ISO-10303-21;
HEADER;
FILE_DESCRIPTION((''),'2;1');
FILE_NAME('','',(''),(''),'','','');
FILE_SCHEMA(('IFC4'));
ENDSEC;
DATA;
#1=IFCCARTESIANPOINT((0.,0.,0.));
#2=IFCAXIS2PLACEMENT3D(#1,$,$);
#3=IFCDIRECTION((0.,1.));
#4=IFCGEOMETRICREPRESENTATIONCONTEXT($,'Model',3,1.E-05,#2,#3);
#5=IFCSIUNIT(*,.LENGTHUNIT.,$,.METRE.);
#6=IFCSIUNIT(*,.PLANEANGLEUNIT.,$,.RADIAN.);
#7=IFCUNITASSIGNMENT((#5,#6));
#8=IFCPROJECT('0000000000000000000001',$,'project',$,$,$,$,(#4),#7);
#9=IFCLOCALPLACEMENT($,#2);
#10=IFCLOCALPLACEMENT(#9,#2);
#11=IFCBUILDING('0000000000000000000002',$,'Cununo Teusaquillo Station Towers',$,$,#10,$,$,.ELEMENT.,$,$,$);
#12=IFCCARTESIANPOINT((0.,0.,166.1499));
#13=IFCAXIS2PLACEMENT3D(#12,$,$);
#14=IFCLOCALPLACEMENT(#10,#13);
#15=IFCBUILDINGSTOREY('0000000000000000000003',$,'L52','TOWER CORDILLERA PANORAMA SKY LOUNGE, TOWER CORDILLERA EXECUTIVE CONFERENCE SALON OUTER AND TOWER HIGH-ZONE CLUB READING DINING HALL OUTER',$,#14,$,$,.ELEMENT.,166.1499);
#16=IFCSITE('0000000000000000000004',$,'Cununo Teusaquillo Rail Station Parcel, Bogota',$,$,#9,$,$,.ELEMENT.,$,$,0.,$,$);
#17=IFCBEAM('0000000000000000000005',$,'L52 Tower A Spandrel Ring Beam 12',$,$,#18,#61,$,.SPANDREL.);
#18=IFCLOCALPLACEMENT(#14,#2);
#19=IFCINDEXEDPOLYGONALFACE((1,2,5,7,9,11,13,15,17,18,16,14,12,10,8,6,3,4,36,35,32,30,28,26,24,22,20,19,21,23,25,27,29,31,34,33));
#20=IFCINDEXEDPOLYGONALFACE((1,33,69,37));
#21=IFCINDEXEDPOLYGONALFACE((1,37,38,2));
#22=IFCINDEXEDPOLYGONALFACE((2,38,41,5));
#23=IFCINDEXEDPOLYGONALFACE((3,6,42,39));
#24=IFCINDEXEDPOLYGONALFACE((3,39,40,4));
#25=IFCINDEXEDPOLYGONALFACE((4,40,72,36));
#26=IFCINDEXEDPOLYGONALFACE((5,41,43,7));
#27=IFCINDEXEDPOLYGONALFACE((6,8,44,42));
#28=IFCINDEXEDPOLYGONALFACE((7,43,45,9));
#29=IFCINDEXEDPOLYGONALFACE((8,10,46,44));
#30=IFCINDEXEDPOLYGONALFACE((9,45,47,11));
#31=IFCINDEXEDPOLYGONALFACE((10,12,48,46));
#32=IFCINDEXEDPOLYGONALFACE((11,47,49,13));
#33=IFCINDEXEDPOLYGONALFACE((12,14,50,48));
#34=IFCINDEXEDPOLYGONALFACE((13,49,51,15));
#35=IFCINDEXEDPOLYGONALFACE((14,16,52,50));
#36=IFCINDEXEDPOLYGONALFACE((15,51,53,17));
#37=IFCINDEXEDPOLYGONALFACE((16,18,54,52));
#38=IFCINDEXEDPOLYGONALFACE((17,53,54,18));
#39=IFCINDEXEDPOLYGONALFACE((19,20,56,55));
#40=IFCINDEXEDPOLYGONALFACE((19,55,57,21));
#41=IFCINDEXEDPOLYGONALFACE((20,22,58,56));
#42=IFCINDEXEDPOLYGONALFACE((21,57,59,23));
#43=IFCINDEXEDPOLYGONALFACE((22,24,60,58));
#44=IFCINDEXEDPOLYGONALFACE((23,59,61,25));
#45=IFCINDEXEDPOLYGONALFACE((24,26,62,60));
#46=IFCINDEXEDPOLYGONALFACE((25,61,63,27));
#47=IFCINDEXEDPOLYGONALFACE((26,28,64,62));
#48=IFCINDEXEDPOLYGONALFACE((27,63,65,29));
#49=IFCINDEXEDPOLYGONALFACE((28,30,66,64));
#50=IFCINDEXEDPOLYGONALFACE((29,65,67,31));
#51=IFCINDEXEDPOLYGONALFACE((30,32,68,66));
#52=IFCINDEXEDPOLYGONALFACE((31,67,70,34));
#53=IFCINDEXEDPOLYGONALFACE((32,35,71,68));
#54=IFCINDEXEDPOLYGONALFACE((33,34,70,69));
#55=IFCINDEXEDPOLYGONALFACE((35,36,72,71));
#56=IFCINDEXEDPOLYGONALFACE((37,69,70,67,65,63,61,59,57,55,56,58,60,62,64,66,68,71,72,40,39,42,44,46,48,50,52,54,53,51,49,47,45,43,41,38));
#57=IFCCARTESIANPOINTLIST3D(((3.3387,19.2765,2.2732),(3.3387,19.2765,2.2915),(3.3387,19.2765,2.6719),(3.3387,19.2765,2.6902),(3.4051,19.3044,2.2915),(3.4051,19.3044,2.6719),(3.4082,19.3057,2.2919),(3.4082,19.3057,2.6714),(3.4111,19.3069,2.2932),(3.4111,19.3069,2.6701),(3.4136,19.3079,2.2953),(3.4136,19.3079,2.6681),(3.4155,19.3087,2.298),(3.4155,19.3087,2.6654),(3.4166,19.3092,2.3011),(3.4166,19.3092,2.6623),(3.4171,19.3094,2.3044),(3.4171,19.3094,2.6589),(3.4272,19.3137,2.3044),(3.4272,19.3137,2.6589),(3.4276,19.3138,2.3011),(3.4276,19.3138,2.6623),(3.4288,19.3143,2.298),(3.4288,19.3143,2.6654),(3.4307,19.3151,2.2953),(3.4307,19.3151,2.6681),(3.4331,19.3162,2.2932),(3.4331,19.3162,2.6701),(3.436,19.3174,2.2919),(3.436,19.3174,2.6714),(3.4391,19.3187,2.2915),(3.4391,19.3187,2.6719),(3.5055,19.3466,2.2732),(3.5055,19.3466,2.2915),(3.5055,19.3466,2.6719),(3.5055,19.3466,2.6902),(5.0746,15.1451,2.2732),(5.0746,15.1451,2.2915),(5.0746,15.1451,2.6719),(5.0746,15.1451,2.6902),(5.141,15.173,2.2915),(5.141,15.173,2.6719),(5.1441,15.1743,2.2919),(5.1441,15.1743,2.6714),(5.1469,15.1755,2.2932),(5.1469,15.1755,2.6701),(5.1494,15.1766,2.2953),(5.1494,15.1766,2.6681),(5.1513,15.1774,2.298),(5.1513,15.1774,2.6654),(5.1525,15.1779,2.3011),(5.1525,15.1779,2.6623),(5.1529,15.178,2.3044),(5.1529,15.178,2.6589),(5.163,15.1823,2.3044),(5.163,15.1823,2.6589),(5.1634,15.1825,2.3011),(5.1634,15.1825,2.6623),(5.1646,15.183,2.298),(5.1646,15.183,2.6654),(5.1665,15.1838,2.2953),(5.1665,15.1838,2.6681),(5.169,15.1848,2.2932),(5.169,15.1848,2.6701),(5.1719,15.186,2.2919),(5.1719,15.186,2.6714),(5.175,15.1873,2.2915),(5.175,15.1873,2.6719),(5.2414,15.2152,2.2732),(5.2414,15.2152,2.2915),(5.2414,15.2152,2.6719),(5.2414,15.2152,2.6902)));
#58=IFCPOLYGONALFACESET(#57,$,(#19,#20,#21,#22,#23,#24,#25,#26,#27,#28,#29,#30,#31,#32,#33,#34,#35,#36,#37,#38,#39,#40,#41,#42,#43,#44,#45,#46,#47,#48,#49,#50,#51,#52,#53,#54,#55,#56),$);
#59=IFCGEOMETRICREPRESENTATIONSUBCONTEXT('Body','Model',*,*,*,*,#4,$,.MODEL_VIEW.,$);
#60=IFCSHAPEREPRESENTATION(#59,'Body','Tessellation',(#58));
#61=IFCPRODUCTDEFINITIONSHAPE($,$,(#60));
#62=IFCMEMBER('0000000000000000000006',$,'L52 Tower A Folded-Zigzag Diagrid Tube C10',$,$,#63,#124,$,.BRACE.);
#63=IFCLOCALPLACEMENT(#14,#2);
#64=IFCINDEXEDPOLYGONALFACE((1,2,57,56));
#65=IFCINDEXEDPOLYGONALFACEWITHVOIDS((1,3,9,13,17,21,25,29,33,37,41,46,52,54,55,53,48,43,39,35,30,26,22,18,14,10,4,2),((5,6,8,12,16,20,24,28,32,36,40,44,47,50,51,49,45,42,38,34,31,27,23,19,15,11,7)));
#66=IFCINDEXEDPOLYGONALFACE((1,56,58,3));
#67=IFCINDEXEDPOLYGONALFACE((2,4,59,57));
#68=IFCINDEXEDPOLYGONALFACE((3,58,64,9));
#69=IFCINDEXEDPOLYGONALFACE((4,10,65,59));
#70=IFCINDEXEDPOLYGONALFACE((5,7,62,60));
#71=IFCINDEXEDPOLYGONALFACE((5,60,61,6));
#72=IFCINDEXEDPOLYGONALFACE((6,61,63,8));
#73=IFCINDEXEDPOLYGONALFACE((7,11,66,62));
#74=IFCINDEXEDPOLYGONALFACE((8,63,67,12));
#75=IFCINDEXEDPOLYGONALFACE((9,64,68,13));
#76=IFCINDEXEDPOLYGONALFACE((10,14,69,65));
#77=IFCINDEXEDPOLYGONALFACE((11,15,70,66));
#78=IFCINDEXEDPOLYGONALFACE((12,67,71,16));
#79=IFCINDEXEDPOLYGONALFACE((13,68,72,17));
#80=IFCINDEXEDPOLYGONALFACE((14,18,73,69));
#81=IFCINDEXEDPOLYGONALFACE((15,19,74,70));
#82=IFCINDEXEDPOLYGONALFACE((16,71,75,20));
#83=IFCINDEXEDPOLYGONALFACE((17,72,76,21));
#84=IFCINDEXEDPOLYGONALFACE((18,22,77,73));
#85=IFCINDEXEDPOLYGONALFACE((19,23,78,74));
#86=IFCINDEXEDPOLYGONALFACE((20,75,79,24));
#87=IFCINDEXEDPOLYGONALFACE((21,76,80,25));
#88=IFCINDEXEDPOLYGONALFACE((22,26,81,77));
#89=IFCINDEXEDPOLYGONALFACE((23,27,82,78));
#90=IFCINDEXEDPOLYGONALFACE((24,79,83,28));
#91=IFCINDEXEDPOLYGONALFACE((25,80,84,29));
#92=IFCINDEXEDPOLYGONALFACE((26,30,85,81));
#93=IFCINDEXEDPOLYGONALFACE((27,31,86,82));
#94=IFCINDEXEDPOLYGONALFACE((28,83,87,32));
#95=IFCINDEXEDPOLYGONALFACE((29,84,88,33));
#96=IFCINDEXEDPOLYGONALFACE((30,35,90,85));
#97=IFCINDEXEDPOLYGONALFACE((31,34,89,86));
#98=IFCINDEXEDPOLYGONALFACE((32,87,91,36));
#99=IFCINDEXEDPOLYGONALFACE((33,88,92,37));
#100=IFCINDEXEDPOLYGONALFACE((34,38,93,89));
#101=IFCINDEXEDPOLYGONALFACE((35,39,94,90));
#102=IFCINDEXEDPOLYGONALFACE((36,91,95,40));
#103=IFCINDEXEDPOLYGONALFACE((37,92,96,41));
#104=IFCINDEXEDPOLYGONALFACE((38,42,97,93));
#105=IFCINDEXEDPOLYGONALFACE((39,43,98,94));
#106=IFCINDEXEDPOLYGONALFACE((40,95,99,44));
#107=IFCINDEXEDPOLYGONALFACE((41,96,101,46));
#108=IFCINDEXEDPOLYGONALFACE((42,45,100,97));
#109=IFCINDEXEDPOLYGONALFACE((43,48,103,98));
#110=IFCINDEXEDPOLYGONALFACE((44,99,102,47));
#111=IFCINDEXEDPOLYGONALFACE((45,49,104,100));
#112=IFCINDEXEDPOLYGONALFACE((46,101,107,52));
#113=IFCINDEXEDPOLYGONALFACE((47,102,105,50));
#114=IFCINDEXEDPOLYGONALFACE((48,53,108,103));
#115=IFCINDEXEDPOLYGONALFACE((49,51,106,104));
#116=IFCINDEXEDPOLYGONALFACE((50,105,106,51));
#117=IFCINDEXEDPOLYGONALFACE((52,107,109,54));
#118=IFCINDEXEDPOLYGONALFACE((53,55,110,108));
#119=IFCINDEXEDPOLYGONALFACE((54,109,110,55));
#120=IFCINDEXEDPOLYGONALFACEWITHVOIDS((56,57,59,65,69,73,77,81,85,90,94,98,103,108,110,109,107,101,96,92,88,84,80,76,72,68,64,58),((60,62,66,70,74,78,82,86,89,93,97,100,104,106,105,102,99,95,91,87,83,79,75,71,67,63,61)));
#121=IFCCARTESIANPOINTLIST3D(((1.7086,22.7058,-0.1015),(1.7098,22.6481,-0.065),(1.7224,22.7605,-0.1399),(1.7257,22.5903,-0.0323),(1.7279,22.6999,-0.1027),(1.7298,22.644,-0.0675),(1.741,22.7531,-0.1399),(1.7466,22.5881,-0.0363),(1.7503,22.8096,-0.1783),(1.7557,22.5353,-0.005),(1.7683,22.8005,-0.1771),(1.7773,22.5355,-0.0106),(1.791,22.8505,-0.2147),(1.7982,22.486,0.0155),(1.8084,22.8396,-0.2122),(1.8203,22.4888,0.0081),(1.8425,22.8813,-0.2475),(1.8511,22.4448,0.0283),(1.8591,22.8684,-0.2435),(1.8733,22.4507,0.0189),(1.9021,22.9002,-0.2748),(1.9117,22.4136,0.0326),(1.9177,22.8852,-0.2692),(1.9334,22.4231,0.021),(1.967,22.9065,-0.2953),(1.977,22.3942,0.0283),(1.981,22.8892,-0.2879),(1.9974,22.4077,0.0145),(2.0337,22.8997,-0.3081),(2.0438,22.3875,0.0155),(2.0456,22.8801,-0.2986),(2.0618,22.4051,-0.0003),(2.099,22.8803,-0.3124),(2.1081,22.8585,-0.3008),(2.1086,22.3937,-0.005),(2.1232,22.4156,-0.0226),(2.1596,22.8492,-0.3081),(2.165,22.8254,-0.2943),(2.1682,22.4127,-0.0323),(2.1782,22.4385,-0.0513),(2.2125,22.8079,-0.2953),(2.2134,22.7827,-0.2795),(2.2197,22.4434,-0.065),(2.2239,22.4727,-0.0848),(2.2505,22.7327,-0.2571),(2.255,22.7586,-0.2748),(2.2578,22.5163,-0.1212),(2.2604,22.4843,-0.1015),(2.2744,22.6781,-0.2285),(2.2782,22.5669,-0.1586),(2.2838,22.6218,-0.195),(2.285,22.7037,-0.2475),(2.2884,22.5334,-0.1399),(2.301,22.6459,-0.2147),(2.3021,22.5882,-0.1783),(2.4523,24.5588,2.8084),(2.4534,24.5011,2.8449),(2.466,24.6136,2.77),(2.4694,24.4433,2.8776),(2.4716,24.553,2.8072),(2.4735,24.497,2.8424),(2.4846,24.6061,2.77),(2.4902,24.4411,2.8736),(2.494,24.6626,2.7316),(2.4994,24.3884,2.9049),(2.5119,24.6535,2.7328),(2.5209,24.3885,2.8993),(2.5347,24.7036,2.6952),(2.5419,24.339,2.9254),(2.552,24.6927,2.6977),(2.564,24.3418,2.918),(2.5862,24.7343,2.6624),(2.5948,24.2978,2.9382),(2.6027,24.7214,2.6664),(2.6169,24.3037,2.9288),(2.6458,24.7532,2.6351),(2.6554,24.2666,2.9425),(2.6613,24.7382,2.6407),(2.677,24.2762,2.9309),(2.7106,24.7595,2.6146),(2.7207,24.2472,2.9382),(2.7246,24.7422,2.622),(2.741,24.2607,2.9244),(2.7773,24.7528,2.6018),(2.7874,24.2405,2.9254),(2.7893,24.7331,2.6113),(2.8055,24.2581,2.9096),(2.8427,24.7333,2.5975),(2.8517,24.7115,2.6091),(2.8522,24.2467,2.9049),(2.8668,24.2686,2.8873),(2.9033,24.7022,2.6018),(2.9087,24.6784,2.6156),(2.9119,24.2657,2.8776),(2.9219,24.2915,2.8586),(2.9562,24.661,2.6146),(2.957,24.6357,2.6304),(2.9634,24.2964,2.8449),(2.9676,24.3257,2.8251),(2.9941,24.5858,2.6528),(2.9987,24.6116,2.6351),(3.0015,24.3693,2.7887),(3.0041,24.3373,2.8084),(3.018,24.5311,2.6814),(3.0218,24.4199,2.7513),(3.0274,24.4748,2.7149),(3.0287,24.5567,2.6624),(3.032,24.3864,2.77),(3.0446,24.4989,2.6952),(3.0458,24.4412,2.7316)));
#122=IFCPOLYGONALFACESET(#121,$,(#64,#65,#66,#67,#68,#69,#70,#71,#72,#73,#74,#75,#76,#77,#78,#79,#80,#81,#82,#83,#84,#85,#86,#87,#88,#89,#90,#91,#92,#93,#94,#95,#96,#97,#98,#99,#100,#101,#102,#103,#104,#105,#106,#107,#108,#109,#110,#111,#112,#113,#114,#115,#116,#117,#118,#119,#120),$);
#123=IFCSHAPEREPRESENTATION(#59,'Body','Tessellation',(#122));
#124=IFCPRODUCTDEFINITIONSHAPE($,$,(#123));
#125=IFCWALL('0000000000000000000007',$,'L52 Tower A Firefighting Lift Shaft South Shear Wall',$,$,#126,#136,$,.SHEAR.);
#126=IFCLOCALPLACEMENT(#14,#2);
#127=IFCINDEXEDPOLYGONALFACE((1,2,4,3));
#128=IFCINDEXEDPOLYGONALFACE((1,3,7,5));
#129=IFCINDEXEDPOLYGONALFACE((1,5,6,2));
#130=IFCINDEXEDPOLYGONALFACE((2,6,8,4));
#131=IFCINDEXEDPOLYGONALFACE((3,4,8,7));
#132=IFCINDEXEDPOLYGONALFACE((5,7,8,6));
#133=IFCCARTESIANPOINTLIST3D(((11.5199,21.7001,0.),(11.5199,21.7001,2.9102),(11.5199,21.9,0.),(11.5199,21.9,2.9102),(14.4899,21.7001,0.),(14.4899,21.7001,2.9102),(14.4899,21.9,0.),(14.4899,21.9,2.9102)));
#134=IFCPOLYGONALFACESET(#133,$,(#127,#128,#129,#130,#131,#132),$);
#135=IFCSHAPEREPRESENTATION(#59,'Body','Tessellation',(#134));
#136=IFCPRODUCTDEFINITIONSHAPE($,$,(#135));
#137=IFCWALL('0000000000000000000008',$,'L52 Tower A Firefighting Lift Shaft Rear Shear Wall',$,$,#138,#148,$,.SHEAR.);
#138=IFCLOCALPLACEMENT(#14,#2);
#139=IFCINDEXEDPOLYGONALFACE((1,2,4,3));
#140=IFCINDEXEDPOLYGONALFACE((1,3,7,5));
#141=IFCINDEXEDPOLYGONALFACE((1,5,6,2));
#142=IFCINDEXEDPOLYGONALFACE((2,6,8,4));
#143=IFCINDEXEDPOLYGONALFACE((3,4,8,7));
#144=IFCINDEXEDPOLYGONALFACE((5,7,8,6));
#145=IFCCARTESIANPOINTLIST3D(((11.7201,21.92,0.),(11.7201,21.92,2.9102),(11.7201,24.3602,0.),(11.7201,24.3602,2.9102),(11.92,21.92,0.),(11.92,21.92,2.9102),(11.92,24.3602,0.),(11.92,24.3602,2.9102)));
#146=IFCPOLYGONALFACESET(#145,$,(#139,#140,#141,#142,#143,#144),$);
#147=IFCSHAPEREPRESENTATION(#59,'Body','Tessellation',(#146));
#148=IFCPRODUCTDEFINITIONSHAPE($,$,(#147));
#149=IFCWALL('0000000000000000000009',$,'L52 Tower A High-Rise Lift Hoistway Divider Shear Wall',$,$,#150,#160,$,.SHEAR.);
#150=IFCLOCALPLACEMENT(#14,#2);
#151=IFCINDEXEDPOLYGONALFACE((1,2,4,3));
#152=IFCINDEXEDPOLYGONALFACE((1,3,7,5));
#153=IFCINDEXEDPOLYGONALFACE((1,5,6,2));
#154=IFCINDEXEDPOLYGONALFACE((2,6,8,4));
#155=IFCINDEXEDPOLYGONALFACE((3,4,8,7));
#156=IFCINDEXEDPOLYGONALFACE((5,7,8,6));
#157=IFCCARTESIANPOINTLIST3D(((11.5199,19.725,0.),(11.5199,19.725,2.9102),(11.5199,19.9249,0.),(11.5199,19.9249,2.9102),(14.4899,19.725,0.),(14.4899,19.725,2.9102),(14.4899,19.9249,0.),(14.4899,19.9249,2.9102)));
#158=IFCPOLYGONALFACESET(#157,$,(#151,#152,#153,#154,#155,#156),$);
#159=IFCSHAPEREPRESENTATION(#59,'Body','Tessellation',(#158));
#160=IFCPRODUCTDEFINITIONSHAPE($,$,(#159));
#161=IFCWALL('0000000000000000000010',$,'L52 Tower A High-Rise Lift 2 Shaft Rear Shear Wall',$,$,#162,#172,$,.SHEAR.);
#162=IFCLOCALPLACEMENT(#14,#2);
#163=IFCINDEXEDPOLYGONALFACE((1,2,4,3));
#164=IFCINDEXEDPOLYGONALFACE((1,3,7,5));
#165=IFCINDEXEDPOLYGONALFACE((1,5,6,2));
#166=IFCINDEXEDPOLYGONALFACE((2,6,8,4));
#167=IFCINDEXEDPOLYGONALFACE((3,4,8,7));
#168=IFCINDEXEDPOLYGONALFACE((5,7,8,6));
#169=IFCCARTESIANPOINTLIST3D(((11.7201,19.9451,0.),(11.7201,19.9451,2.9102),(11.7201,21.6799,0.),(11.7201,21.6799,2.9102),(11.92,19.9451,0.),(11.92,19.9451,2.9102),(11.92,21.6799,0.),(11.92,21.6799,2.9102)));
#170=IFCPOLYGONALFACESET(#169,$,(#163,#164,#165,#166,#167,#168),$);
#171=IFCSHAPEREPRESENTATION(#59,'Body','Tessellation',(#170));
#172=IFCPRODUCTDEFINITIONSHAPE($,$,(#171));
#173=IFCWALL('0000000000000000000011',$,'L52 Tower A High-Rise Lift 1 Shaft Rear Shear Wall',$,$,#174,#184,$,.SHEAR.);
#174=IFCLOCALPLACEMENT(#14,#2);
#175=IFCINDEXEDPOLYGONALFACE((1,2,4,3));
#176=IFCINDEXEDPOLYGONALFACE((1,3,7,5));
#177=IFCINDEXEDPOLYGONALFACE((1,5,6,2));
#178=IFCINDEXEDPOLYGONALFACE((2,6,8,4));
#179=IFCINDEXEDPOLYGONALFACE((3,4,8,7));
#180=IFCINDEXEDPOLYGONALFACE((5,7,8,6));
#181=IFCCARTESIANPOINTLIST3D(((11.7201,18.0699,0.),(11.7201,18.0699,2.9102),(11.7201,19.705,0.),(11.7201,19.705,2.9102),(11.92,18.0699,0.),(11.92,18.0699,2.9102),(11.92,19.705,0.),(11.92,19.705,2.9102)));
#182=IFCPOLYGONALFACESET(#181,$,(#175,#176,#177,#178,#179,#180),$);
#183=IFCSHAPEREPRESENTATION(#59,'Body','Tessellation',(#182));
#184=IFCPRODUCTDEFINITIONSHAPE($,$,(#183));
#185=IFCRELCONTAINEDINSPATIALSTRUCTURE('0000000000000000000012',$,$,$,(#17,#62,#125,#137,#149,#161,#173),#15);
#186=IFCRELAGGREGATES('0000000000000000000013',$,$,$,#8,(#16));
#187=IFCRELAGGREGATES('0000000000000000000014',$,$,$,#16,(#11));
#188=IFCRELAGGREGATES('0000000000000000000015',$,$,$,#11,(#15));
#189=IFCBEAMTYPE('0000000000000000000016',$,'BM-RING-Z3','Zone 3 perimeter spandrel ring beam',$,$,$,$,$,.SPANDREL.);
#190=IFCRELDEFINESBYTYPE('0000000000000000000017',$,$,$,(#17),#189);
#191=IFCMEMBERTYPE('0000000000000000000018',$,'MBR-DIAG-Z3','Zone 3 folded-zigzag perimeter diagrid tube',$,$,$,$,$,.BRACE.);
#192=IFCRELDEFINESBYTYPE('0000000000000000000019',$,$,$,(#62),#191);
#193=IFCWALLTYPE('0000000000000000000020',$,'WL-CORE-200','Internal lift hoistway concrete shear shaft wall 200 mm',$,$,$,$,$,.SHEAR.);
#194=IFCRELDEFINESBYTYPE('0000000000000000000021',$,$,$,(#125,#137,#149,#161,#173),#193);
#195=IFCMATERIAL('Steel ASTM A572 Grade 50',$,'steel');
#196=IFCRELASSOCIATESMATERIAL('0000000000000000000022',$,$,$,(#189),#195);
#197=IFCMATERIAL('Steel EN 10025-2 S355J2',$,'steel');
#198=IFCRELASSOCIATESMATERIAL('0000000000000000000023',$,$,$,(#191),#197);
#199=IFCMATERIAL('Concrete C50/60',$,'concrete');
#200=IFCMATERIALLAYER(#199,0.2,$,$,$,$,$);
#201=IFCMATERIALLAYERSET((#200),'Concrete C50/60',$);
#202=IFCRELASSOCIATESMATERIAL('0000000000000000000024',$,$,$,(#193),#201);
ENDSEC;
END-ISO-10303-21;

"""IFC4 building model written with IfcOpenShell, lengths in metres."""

from ifc_helpers import new_model, si_unit, direction, frame, frame_2d, origin, origin_2d, place, context, subcontext, project, spatial, rectangle, hollow_circle, i_section, extrude, material, layer, layer_set, material_profile, profile_set, type_object, element, save


model = new_model("IFC4")

# Units and contexts
model_context = context("Model", 3, precision=1e-05, world=origin(), true_north=direction((0.0, 1.0)))
body_context = subcontext(model_context, "Body", "Model", "MODEL_VIEW")
ifc_project = project(units=[si_unit("LENGTHUNIT", "METRE"), si_unit("PLANEANGLEUNIT", "RADIAN")], contexts=[model_context])

# Site, building, storey
site_placement = place(None, origin())
site = spatial("IfcSite", under=ifc_project, at=site_placement, Name="Cununo Teusaquillo Rail Station Parcel, Bogota", CompositionType="ELEMENT", RefElevation=0.0)
building_placement = place(site_placement, origin())
building = spatial("IfcBuilding", under=site, at=building_placement, Name="Cununo Teusaquillo Station Towers", CompositionType="ELEMENT")
storey_placement = place(building_placement, frame((0.0, 0.0, 166.1499)))
storey = spatial("IfcBuildingStorey", under=building, at=storey_placement, Name="L52", Description="TOWER CORDILLERA PANORAMA SKY LOUNGE, TOWER CORDILLERA EXECUTIVE CONFERENCE SALON OUTER AND TOWER HIGH-ZONE CLUB READING DINING HALL OUTER", CompositionType="ELEMENT", Elevation=166.1499)

# Beam
ifc_material_1 = material(Name="Steel ASTM A572 Grade 50", Category="steel")
ifc_material_profile_1 = material_profile(ifc_material_1, i_section(OverallWidth=0.1809, OverallDepth=0.417, WebThickness=0.011, FlangeThickness=0.0183, FilletRadius=0.0129, at=origin_2d()), Name="W16X57")
ifc_profile_set_1 = profile_set([ifc_material_profile_1], Name="Steel ASTM A572 Grade 50")
beam_type_1 = type_object("IfcBeamType", Name="BM-RING-Z3", Description="Zone 3 perimeter spandrel ring beam", PredefinedType="SPANDREL", material=ifc_profile_set_1)
beam_1_placement = place(storey_placement, frame((3.4221, 19.3115, 2.4817), z_axis=(0.38736, -0.921928, 0.0), x_axis=(0.921928, 0.38736, 0.0)))
element("IfcBeam", 1, at=beam_1_placement, inside=storey, type_object=beam_type_1, Name="L52 Tower A Spandrel Ring Beam 12", PredefinedType="SPANDREL", context=body_context, shape_type="SweptSolid", body=[
    extrude(i_section(OverallWidth=0.1809, OverallDepth=0.417, WebThickness=0.011, FlangeThickness=0.0183, FilletRadius=0.0129, at=origin_2d()), origin(), (0.0, 0.0, 1.0), 4.4812),
])

# Member
ifc_material_2 = material(Name="Steel EN 10025-2 S355J2", Category="steel")
ifc_material_profile_2 = material_profile(ifc_material_2, hollow_circle(Radius=0.3049, WallThickness=0.02, at=origin_2d()), Name="CHS 610x20")
ifc_profile_set_2 = profile_set([ifc_material_profile_2], Name="Steel EN 10025-2 S355J2")
member_type = type_object("IfcMemberType", Name="MBR-DIAG-Z3", Description="Zone 3 folded-zigzag perimeter diagrid tube", PredefinedType="BRACE", material=ifc_profile_set_2)
member_placement = place(storey_placement, frame((2.0054, 22.647, -0.1399), z_axis=(0.210722, 0.525076, 0.824556), x_axis=(-0.928054, 0.372445, 0.0)))
element("IfcMember", 2, at=member_placement, inside=storey, type_object=member_type, Name="L52 Tower A Folded-Zigzag Diagrid Tube C10", PredefinedType="BRACE", context=body_context, shape_type="SweptSolid", body=[
    extrude(hollow_circle(Radius=0.3049, WallThickness=0.02, at=origin_2d()), origin(), (0.0, 0.0, 1.0), 3.5291),
])

# Walls
ifc_material_3 = material(Name="Concrete C50/60", Category="concrete")
ifc_layer_1 = layer(ifc_material_3, 0.2)
ifc_layer_set_1 = layer_set([ifc_layer_1], Name="Concrete C50/60")
wall_type_1 = type_object("IfcWallType", Name="WL-CORE-200", Description="Internal lift hoistway concrete shear shaft wall 200 mm", PredefinedType="SHEAR", material=ifc_layer_set_1)
wall_1_placement = place(storey_placement, frame((11.52, 21.8, 0.0), z_axis=(0.0, 0.0, 1.0), x_axis=(1.0, 0.0, 0.0)))
element("IfcWall", 3, at=wall_1_placement, inside=storey, type_object=wall_type_1, Name="L52 Tower A Firefighting Lift Shaft South Shear Wall", PredefinedType="SHEAR", context=body_context, shape_type="SweptSolid", body=[
    extrude(rectangle(XDim=2.97, YDim=0.2, at=frame_2d((1.4849, 0.0))), origin(), (0.0, 0.0, 1.0), 2.9102),
])
wall_2_placement = place(storey_placement, frame((11.8201, 21.9199, 0.0), z_axis=(0.0, 0.0, 1.0), x_axis=(0.0, 1.0, 0.0)))
element("IfcWall", 4, at=wall_2_placement, inside=storey, type_object=wall_type_1, Name="L52 Tower A Firefighting Lift Shaft Rear Shear Wall", PredefinedType="SHEAR", context=body_context, shape_type="SweptSolid", body=[
    extrude(rectangle(XDim=2.4402, YDim=0.2, at=frame_2d((1.2202, 0.0))), origin(), (0.0, 0.0, 1.0), 2.9102),
])
wall_3_placement = place(storey_placement, frame((11.52, 19.825, 0.0), z_axis=(0.0, 0.0, 1.0), x_axis=(1.0, 0.0, 0.0)))
element("IfcWall", 5, at=wall_3_placement, inside=storey, type_object=wall_type_1, Name="L52 Tower A High-Rise Lift Hoistway Divider Shear Wall", PredefinedType="SHEAR", context=body_context, shape_type="SweptSolid", body=[
    extrude(rectangle(XDim=2.97, YDim=0.2, at=frame_2d((1.4849, 0.0))), origin(), (0.0, 0.0, 1.0), 2.9102),
])
wall_4_placement = place(storey_placement, frame((11.8201, 19.9451, 0.0), z_axis=(0.0, 0.0, 1.0), x_axis=(0.0, 1.0, 0.0)))
element("IfcWall", 6, at=wall_4_placement, inside=storey, type_object=wall_type_1, Name="L52 Tower A High-Rise Lift 2 Shaft Rear Shear Wall", PredefinedType="SHEAR", context=body_context, shape_type="SweptSolid", body=[
    extrude(rectangle(XDim=1.7349, YDim=0.2, at=frame_2d((0.8674, 0.0))), origin(), (0.0, 0.0, 1.0), 2.9102),
])
wall_5_placement = place(storey_placement, frame((11.8201, 18.0701, 0.0), z_axis=(0.0, 0.0, 1.0), x_axis=(0.0, 1.0, 0.0)))
element("IfcWall", 7, at=wall_5_placement, inside=storey, type_object=wall_type_1, Name="L52 Tower A High-Rise Lift 1 Shaft Rear Shear Wall", PredefinedType="SHEAR", context=body_context, shape_type="SweptSolid", body=[
    extrude(rectangle(XDim=1.635, YDim=0.2, at=frame_2d((0.8174, 0.0))), origin(), (0.0, 0.0, 1.0), 2.9102),
])

save(model, "model.ifc")
